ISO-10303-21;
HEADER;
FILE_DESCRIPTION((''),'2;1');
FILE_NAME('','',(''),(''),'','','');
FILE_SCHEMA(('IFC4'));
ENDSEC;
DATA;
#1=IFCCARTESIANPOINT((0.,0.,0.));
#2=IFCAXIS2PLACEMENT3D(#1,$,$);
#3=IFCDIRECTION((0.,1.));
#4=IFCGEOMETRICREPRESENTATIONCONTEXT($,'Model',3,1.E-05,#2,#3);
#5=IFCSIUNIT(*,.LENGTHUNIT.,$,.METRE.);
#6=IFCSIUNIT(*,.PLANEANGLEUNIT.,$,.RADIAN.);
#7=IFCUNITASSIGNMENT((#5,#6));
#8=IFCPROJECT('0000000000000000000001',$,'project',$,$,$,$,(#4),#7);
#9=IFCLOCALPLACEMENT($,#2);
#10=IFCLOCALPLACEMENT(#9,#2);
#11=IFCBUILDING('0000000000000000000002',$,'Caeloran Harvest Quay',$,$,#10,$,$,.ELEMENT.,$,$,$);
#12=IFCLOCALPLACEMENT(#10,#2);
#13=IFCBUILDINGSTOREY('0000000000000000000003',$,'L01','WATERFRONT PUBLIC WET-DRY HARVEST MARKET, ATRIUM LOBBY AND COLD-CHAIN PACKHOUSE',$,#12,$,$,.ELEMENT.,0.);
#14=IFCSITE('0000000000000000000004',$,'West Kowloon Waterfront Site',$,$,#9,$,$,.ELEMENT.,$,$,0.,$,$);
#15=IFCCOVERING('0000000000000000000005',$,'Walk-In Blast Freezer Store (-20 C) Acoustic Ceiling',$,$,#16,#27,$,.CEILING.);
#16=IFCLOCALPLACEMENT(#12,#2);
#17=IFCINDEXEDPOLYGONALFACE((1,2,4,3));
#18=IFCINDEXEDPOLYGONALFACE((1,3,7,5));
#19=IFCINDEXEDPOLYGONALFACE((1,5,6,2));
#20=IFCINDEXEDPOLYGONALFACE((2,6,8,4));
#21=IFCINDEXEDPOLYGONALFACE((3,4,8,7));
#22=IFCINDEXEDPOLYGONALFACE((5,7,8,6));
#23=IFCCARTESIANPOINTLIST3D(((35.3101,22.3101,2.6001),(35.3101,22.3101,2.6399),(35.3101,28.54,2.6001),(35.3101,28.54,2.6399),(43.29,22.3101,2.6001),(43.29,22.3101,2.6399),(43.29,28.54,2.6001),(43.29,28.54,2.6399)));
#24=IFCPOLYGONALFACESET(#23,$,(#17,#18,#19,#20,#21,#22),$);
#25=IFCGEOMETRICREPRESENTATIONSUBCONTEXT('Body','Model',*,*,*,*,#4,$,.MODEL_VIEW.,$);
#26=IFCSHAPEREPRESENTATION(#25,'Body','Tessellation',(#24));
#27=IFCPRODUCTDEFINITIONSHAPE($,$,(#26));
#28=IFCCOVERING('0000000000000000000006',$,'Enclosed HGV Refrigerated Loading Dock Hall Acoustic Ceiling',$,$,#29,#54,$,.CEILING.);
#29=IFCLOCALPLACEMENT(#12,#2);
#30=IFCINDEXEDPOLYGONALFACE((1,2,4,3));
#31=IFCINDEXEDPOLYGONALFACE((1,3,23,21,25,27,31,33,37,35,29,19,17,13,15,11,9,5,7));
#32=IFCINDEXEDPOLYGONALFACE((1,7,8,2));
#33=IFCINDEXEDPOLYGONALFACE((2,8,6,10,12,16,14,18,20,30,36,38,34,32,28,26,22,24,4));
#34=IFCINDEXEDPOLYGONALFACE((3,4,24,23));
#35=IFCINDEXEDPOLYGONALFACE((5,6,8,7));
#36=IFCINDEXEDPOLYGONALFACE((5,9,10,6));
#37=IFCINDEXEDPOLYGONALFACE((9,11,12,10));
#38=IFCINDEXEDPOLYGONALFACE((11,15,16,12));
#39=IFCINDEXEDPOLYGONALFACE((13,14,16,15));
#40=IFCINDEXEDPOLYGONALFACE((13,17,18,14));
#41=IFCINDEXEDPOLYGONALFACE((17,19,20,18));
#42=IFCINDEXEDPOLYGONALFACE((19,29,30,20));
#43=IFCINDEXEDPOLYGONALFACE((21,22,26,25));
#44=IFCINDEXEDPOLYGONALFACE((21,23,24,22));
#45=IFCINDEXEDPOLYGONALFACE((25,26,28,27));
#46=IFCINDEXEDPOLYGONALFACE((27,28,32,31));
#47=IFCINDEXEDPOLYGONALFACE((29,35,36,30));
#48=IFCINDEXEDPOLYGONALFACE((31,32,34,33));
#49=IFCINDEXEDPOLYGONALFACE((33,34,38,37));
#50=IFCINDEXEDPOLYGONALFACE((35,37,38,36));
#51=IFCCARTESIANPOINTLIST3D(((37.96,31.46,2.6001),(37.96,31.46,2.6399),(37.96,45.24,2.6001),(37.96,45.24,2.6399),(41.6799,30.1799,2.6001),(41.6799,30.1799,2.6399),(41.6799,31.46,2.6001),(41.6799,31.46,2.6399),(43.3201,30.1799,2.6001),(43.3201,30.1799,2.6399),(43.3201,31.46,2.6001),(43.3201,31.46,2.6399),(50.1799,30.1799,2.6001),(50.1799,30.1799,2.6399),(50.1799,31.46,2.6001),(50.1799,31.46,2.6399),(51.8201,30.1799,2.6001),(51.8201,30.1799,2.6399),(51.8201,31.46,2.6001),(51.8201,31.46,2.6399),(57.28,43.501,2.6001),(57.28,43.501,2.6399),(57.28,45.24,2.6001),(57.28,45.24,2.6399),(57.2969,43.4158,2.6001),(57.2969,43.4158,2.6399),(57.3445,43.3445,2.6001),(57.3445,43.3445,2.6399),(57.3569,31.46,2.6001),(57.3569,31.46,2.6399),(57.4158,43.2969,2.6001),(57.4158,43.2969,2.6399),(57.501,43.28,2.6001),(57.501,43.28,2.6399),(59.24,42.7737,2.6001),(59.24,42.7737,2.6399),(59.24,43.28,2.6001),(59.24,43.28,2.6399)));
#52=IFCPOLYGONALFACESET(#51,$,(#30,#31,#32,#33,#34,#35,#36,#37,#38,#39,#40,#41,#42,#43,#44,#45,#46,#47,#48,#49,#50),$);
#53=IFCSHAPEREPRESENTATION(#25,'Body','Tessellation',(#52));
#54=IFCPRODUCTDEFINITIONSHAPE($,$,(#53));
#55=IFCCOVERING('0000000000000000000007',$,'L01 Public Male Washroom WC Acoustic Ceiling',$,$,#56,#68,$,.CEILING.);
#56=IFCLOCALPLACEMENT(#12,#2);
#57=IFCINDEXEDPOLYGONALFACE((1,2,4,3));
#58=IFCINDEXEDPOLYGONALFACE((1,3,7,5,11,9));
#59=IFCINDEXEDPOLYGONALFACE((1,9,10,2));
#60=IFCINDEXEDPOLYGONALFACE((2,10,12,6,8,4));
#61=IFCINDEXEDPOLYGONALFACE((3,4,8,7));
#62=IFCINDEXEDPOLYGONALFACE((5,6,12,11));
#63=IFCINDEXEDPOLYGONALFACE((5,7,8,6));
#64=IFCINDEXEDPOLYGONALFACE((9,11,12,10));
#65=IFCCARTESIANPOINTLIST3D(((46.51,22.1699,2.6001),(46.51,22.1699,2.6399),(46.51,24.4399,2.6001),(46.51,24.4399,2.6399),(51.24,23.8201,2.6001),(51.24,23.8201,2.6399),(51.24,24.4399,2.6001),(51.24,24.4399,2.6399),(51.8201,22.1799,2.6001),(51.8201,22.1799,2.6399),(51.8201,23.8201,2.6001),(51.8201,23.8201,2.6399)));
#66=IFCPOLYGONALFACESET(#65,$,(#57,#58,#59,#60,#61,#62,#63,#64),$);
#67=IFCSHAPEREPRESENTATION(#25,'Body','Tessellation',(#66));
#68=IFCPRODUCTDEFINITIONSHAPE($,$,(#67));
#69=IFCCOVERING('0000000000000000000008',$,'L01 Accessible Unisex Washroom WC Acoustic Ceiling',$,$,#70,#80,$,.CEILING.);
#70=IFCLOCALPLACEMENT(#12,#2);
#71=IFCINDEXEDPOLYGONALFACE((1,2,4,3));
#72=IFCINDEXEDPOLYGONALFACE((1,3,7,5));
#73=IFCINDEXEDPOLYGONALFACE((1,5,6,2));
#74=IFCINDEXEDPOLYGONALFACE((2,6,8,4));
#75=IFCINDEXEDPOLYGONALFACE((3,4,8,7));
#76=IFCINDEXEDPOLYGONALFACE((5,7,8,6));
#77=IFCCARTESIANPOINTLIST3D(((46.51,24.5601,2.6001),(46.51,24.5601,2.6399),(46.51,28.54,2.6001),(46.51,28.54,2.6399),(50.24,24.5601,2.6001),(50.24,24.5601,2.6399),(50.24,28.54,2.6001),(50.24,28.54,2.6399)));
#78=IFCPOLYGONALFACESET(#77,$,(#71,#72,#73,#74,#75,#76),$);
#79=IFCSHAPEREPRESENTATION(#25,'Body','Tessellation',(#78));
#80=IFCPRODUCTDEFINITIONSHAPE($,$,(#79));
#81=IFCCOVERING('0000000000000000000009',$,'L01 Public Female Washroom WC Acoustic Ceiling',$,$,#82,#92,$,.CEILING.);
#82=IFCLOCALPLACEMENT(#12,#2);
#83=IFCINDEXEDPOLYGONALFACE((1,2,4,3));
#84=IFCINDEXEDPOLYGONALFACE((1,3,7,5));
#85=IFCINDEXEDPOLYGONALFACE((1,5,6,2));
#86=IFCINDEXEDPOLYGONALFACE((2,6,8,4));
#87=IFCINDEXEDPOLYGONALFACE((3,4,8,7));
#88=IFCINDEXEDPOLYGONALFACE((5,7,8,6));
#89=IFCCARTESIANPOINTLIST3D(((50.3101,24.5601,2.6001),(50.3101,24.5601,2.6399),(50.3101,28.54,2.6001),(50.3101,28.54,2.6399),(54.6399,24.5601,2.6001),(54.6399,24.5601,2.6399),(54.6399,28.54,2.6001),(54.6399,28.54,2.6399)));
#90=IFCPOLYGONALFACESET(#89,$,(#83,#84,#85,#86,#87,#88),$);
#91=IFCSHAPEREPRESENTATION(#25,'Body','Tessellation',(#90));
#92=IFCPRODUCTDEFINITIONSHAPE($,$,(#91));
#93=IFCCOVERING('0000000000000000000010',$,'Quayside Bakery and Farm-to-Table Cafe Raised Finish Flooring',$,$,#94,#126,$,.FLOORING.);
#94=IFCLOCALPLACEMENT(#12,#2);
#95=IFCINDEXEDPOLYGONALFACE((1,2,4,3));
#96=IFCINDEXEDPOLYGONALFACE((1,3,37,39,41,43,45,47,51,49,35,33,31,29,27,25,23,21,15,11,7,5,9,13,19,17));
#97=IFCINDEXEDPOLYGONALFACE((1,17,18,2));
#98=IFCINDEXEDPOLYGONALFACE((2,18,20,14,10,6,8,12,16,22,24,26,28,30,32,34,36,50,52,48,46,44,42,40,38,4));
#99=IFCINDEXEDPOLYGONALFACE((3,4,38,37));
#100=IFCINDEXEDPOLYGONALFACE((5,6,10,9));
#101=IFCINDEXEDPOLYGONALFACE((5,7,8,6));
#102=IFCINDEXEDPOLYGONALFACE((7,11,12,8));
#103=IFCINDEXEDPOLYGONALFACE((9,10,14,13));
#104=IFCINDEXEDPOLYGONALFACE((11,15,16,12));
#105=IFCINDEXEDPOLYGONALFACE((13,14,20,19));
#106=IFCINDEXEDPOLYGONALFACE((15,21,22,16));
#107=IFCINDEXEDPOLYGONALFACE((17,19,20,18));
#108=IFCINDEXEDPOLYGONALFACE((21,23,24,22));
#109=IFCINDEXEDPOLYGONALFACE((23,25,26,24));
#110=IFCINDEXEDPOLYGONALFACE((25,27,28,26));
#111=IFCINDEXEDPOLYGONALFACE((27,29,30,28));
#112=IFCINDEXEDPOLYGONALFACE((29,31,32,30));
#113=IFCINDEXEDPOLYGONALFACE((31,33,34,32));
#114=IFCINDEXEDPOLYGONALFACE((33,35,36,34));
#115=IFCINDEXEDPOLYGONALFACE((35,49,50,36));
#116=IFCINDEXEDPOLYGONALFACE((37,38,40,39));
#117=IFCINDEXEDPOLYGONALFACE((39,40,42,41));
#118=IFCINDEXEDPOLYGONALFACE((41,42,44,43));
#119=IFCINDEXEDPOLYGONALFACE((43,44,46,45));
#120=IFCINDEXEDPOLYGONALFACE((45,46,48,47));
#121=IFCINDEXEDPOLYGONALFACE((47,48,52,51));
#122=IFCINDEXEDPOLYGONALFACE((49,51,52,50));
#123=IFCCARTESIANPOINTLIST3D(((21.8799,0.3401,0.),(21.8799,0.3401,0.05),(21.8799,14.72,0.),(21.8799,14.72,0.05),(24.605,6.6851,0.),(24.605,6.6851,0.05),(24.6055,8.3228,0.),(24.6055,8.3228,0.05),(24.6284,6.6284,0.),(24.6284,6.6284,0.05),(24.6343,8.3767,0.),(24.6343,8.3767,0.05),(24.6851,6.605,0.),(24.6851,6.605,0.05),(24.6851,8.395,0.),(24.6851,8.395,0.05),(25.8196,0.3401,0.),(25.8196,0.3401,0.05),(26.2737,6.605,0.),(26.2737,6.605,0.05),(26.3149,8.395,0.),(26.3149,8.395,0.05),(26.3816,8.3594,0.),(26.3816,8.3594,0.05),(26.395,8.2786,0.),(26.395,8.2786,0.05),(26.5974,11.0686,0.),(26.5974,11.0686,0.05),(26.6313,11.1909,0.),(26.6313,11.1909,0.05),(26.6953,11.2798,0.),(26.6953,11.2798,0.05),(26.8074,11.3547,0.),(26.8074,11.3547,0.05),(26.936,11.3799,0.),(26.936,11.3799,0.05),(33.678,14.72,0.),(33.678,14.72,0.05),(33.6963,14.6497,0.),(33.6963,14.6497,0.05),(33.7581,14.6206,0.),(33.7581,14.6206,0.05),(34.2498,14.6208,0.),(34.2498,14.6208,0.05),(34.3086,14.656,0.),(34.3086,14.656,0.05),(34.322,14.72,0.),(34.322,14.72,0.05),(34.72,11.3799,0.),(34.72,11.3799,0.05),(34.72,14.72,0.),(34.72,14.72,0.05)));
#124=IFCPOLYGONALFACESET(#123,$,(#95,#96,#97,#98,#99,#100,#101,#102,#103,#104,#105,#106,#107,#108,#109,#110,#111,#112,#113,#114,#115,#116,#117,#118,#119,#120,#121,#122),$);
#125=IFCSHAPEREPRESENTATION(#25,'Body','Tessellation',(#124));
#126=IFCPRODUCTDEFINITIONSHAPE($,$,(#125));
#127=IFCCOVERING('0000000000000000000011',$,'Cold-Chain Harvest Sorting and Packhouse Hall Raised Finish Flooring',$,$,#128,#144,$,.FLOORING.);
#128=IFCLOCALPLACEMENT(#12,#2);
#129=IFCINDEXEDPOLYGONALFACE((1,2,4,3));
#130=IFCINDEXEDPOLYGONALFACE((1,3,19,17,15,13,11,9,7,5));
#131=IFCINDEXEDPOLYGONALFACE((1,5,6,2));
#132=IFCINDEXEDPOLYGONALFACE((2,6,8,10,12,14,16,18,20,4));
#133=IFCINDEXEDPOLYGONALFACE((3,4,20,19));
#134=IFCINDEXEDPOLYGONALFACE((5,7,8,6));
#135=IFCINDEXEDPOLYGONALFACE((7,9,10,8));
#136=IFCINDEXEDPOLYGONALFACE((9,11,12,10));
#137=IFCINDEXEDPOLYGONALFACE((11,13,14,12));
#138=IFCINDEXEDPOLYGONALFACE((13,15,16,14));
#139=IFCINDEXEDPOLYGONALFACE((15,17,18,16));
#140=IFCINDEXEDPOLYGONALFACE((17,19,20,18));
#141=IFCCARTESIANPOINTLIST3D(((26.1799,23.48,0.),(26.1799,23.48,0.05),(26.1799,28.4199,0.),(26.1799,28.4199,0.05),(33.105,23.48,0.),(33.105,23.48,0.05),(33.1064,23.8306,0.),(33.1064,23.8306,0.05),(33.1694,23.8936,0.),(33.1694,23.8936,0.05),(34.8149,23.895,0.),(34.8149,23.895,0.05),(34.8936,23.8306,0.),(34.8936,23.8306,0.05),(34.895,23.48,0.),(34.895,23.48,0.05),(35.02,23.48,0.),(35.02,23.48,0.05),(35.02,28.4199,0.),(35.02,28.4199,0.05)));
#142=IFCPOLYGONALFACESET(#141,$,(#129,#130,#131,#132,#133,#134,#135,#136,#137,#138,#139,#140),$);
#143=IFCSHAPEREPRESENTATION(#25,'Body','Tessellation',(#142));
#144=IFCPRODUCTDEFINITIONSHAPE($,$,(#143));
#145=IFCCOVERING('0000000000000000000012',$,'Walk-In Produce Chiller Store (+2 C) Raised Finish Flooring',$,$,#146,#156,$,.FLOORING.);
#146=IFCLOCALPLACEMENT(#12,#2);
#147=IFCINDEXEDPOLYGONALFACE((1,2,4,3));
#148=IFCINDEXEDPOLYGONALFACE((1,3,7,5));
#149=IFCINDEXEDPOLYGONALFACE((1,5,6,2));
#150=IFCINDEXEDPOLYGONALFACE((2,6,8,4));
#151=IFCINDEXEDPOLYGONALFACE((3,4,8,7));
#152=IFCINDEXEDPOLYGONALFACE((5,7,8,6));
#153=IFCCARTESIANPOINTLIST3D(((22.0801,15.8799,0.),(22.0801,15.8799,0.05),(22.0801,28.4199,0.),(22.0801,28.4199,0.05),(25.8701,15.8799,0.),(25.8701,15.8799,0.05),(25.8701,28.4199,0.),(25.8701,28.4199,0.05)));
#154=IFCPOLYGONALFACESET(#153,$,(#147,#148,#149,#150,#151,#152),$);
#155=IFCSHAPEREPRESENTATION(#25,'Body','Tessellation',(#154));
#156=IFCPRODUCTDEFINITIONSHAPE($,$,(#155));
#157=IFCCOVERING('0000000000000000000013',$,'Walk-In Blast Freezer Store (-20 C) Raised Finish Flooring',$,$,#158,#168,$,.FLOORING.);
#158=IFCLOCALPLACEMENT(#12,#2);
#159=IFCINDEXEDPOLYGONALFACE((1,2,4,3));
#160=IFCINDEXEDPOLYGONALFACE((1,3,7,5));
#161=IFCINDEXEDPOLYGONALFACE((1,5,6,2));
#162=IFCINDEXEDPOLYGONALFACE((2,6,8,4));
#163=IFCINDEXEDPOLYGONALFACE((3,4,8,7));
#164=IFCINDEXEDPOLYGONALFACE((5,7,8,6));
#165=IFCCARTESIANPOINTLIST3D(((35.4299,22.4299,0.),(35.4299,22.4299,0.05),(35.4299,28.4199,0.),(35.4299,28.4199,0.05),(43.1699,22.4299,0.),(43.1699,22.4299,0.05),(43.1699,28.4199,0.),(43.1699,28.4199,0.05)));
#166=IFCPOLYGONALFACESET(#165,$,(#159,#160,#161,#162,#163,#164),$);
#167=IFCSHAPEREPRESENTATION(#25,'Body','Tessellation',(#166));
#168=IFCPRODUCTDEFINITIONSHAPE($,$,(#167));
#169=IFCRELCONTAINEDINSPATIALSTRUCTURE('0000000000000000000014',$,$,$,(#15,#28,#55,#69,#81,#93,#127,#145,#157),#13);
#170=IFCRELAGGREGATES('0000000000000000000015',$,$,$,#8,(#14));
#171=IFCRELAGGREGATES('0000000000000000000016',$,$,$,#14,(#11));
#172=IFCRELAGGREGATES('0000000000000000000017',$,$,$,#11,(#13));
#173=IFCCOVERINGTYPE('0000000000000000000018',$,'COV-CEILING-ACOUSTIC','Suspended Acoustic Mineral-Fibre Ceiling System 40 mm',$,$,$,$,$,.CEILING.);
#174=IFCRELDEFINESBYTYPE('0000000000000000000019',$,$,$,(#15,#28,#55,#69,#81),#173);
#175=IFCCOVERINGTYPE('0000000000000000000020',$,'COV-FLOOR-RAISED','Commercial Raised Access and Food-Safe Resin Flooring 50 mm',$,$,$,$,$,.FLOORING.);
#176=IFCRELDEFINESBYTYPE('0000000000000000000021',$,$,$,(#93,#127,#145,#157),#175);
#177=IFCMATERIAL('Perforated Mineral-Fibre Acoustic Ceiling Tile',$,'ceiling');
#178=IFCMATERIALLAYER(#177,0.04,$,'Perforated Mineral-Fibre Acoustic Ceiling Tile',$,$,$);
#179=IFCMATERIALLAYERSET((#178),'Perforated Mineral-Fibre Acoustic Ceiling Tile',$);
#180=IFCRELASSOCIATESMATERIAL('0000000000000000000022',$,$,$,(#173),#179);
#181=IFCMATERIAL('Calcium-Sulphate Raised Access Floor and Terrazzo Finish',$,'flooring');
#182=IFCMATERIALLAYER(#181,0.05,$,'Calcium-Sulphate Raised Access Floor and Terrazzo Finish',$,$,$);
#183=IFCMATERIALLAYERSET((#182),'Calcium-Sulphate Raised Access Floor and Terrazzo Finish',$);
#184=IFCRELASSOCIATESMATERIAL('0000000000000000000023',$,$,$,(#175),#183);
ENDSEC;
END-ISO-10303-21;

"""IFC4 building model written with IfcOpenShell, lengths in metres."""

from ifc_helpers import new_model, si_unit, direction, frame, origin, place, context, subcontext, project, spatial, polyline, outline, extrude, material, layer, layer_set, type_object, element, save


model = new_model("IFC4")

# Units and contexts
model_context = context("Model", 3, precision=1e-05, world=origin(), true_north=direction((0.0, 1.0)))
body_context = subcontext(model_context, "Body", "Model", "MODEL_VIEW")
ifc_project = project(units=[si_unit("LENGTHUNIT", "METRE"), si_unit("PLANEANGLEUNIT", "RADIAN")], contexts=[model_context])

# Site, building, storey
site_placement = place(None, origin())
site = spatial("IfcSite", under=ifc_project, at=site_placement, Name="West Kowloon Waterfront Site", CompositionType="ELEMENT", RefElevation=0.0)
building_placement = place(site_placement, origin())
building = spatial("IfcBuilding", under=site, at=building_placement, Name="Caeloran Harvest Quay", CompositionType="ELEMENT")
storey_placement = place(building_placement, origin())
storey = spatial("IfcBuildingStorey", under=building, at=storey_placement, Name="L01", Description="WATERFRONT PUBLIC WET-DRY HARVEST MARKET, ATRIUM LOBBY AND COLD-CHAIN PACKHOUSE", CompositionType="ELEMENT", Elevation=0.0)

# Coverings
ifc_material_1 = material(Name="Perforated Mineral-Fibre Acoustic Ceiling Tile", Category="ceiling")
ifc_layer_1 = layer(ifc_material_1, 0.04, Name="Perforated Mineral-Fibre Acoustic Ceiling Tile")
ifc_layer_set_1 = layer_set([ifc_layer_1], Name="Perforated Mineral-Fibre Acoustic Ceiling Tile")
covering_type_1 = type_object("IfcCoveringType", Name="COV-CEILING-ACOUSTIC", Description="Suspended Acoustic Mineral-Fibre Ceiling System 40 mm", PredefinedType="CEILING", material=ifc_layer_set_1)
covering_1_placement = place(storey_placement, frame((0.0, 0.0, 2.6001)))
element("IfcCovering", 1, at=covering_1_placement, inside=storey, type_object=covering_type_1, Name="Walk-In Blast Freezer Store (-20 C) Acoustic Ceiling", PredefinedType="CEILING", context=body_context, shape_type="SweptSolid", body=[
    extrude(outline(polyline([(43.29, 28.54), (43.29, 22.3101), (35.3101, 22.3101), (35.3101, 28.54), (43.29, 28.54)])), origin(), (0.0, 0.0, 1.0), 0.0398),
])
covering_2_placement = place(storey_placement, frame((0.0, 0.0, 2.6001)))
element("IfcCovering", 2, at=covering_2_placement, inside=storey, type_object=covering_type_1, Name="Enclosed HGV Refrigerated Loading Dock Hall Acoustic Ceiling", PredefinedType="CEILING", context=body_context, shape_type="SweptSolid", body=[
    extrude(outline(polyline([(41.6799, 31.46), (37.96, 31.46), (37.96, 45.24), (57.28, 45.24), (57.28, 43.501), (57.2969, 43.4158), (57.3445, 43.3445), (57.4158, 43.2969), (57.501, 43.28), (59.24, 43.28), (59.24, 42.7737), (57.3569, 31.46), (51.8201, 31.46), (51.8201, 30.1799), (50.1799, 30.1799), (50.1799, 31.46), (43.3201, 31.46), (43.3201, 30.1799), (41.6799, 30.1799), (41.6799, 31.46)])), origin(), (0.0, 0.0, 1.0), 0.0398),
])
covering_3_placement = place(storey_placement, frame((0.0, 0.0, 2.6001)))
element("IfcCovering", 3, at=covering_3_placement, inside=storey, type_object=covering_type_1, Name="L01 Public Male Washroom WC Acoustic Ceiling", PredefinedType="CEILING", context=body_context, shape_type="SweptSolid", body=[
    extrude(outline(polyline([(51.8201, 23.8201), (51.8201, 22.1799), (46.51, 22.1699), (46.51, 24.4399), (51.24, 24.4399), (51.24, 23.8201), (51.8201, 23.8201)])), origin(), (0.0, 0.0, 1.0), 0.0398),
])
covering_4_placement = place(storey_placement, frame((0.0, 0.0, 2.6001)))
element("IfcCovering", 4, at=covering_4_placement, inside=storey, type_object=covering_type_1, Name="L01 Accessible Unisex Washroom WC Acoustic Ceiling", PredefinedType="CEILING", context=body_context, shape_type="SweptSolid", body=[
    extrude(outline(polyline([(50.24, 28.54), (50.24, 24.5601), (46.51, 24.5601), (46.51, 28.54), (50.24, 28.54)])), origin(), (0.0, 0.0, 1.0), 0.0398),
])
covering_5_placement = place(storey_placement, frame((0.0, 0.0, 2.6001)))
element("IfcCovering", 5, at=covering_5_placement, inside=storey, type_object=covering_type_1, Name="L01 Public Female Washroom WC Acoustic Ceiling", PredefinedType="CEILING", context=body_context, shape_type="SweptSolid", body=[
    extrude(outline(polyline([(54.6399, 28.54), (54.6399, 24.5601), (50.3101, 24.5601), (50.3101, 28.54), (54.6399, 28.54)])), origin(), (0.0, 0.0, 1.0), 0.0398),
])
ifc_material_2 = material(Name="Calcium-Sulphate Raised Access Floor and Terrazzo Finish", Category="flooring")
ifc_layer_2 = layer(ifc_material_2, 0.05, Name="Calcium-Sulphate Raised Access Floor and Terrazzo Finish")
ifc_layer_set_2 = layer_set([ifc_layer_2], Name="Calcium-Sulphate Raised Access Floor and Terrazzo Finish")
covering_type_2 = type_object("IfcCoveringType", Name="COV-FLOOR-RAISED", Description="Commercial Raised Access and Food-Safe Resin Flooring 50 mm", PredefinedType="FLOORING", material=ifc_layer_set_2)
covering_6_placement = place(storey_placement, origin())
element("IfcCovering", 6, at=covering_6_placement, inside=storey, type_object=covering_type_2, Name="Quayside Bakery and Farm-to-Table Cafe Raised Finish Flooring", PredefinedType="FLOORING", context=body_context, shape_type="SweptSolid", body=[
    extrude(outline(polyline([(26.2737, 6.605), (25.8196, 0.3401), (21.8799, 0.3401), (21.8799, 14.72), (33.678, 14.72), (33.6963, 14.6497), (33.7581, 14.6206), (34.2498, 14.6208), (34.3086, 14.656), (34.322, 14.72), (34.72, 14.72), (34.72, 11.3799), (26.936, 11.3799), (26.8074, 11.3547), (26.6953, 11.2798), (26.6313, 11.1909), (26.5974, 11.0686), (26.395, 8.2786), (26.3816, 8.3594), (26.3149, 8.395), (24.6851, 8.395), (24.6343, 8.3767), (24.6055, 8.3228), (24.605, 6.6851), (24.6284, 6.6284), (24.6851, 6.605), (26.2737, 6.605)])), origin(), (0.0, 0.0, 1.0), 0.05),
])
covering_7_placement = place(storey_placement, origin())
element("IfcCovering", 7, at=covering_7_placement, inside=storey, type_object=covering_type_2, Name="Cold-Chain Harvest Sorting and Packhouse Hall Raised Finish Flooring", PredefinedType="FLOORING", context=body_context, shape_type="SweptSolid", body=[
    extrude(outline(polyline([(35.02, 28.4199), (35.02, 23.48), (34.895, 23.48), (34.8936, 23.8306), (34.8149, 23.895), (33.1694, 23.8936), (33.1064, 23.8306), (33.105, 23.48), (26.1799, 23.48), (26.1799, 28.4199), (35.02, 28.4199)])), origin(), (0.0, 0.0, 1.0), 0.05),
])
covering_8_placement = place(storey_placement, origin())
element("IfcCovering", 8, at=covering_8_placement, inside=storey, type_object=covering_type_2, Name="Walk-In Produce Chiller Store (+2 C) Raised Finish Flooring", PredefinedType="FLOORING", context=body_context, shape_type="SweptSolid", body=[
    extrude(outline(polyline([(25.8701, 28.4199), (25.8701, 15.8799), (22.0801, 15.8799), (22.0801, 28.4199), (25.8701, 28.4199)])), origin(), (0.0, 0.0, 1.0), 0.05),
])
covering_9_placement = place(storey_placement, origin())
element("IfcCovering", 9, at=covering_9_placement, inside=storey, type_object=covering_type_2, Name="Walk-In Blast Freezer Store (-20 C) Raised Finish Flooring", PredefinedType="FLOORING", context=body_context, shape_type="SweptSolid", body=[
    extrude(outline(polyline([(43.1699, 28.4199), (43.1699, 22.4299), (35.4299, 22.4299), (35.4299, 28.4199), (43.1699, 28.4199)])), origin(), (0.0, 0.0, 1.0), 0.05),
])

save(model, "model.ifc")
